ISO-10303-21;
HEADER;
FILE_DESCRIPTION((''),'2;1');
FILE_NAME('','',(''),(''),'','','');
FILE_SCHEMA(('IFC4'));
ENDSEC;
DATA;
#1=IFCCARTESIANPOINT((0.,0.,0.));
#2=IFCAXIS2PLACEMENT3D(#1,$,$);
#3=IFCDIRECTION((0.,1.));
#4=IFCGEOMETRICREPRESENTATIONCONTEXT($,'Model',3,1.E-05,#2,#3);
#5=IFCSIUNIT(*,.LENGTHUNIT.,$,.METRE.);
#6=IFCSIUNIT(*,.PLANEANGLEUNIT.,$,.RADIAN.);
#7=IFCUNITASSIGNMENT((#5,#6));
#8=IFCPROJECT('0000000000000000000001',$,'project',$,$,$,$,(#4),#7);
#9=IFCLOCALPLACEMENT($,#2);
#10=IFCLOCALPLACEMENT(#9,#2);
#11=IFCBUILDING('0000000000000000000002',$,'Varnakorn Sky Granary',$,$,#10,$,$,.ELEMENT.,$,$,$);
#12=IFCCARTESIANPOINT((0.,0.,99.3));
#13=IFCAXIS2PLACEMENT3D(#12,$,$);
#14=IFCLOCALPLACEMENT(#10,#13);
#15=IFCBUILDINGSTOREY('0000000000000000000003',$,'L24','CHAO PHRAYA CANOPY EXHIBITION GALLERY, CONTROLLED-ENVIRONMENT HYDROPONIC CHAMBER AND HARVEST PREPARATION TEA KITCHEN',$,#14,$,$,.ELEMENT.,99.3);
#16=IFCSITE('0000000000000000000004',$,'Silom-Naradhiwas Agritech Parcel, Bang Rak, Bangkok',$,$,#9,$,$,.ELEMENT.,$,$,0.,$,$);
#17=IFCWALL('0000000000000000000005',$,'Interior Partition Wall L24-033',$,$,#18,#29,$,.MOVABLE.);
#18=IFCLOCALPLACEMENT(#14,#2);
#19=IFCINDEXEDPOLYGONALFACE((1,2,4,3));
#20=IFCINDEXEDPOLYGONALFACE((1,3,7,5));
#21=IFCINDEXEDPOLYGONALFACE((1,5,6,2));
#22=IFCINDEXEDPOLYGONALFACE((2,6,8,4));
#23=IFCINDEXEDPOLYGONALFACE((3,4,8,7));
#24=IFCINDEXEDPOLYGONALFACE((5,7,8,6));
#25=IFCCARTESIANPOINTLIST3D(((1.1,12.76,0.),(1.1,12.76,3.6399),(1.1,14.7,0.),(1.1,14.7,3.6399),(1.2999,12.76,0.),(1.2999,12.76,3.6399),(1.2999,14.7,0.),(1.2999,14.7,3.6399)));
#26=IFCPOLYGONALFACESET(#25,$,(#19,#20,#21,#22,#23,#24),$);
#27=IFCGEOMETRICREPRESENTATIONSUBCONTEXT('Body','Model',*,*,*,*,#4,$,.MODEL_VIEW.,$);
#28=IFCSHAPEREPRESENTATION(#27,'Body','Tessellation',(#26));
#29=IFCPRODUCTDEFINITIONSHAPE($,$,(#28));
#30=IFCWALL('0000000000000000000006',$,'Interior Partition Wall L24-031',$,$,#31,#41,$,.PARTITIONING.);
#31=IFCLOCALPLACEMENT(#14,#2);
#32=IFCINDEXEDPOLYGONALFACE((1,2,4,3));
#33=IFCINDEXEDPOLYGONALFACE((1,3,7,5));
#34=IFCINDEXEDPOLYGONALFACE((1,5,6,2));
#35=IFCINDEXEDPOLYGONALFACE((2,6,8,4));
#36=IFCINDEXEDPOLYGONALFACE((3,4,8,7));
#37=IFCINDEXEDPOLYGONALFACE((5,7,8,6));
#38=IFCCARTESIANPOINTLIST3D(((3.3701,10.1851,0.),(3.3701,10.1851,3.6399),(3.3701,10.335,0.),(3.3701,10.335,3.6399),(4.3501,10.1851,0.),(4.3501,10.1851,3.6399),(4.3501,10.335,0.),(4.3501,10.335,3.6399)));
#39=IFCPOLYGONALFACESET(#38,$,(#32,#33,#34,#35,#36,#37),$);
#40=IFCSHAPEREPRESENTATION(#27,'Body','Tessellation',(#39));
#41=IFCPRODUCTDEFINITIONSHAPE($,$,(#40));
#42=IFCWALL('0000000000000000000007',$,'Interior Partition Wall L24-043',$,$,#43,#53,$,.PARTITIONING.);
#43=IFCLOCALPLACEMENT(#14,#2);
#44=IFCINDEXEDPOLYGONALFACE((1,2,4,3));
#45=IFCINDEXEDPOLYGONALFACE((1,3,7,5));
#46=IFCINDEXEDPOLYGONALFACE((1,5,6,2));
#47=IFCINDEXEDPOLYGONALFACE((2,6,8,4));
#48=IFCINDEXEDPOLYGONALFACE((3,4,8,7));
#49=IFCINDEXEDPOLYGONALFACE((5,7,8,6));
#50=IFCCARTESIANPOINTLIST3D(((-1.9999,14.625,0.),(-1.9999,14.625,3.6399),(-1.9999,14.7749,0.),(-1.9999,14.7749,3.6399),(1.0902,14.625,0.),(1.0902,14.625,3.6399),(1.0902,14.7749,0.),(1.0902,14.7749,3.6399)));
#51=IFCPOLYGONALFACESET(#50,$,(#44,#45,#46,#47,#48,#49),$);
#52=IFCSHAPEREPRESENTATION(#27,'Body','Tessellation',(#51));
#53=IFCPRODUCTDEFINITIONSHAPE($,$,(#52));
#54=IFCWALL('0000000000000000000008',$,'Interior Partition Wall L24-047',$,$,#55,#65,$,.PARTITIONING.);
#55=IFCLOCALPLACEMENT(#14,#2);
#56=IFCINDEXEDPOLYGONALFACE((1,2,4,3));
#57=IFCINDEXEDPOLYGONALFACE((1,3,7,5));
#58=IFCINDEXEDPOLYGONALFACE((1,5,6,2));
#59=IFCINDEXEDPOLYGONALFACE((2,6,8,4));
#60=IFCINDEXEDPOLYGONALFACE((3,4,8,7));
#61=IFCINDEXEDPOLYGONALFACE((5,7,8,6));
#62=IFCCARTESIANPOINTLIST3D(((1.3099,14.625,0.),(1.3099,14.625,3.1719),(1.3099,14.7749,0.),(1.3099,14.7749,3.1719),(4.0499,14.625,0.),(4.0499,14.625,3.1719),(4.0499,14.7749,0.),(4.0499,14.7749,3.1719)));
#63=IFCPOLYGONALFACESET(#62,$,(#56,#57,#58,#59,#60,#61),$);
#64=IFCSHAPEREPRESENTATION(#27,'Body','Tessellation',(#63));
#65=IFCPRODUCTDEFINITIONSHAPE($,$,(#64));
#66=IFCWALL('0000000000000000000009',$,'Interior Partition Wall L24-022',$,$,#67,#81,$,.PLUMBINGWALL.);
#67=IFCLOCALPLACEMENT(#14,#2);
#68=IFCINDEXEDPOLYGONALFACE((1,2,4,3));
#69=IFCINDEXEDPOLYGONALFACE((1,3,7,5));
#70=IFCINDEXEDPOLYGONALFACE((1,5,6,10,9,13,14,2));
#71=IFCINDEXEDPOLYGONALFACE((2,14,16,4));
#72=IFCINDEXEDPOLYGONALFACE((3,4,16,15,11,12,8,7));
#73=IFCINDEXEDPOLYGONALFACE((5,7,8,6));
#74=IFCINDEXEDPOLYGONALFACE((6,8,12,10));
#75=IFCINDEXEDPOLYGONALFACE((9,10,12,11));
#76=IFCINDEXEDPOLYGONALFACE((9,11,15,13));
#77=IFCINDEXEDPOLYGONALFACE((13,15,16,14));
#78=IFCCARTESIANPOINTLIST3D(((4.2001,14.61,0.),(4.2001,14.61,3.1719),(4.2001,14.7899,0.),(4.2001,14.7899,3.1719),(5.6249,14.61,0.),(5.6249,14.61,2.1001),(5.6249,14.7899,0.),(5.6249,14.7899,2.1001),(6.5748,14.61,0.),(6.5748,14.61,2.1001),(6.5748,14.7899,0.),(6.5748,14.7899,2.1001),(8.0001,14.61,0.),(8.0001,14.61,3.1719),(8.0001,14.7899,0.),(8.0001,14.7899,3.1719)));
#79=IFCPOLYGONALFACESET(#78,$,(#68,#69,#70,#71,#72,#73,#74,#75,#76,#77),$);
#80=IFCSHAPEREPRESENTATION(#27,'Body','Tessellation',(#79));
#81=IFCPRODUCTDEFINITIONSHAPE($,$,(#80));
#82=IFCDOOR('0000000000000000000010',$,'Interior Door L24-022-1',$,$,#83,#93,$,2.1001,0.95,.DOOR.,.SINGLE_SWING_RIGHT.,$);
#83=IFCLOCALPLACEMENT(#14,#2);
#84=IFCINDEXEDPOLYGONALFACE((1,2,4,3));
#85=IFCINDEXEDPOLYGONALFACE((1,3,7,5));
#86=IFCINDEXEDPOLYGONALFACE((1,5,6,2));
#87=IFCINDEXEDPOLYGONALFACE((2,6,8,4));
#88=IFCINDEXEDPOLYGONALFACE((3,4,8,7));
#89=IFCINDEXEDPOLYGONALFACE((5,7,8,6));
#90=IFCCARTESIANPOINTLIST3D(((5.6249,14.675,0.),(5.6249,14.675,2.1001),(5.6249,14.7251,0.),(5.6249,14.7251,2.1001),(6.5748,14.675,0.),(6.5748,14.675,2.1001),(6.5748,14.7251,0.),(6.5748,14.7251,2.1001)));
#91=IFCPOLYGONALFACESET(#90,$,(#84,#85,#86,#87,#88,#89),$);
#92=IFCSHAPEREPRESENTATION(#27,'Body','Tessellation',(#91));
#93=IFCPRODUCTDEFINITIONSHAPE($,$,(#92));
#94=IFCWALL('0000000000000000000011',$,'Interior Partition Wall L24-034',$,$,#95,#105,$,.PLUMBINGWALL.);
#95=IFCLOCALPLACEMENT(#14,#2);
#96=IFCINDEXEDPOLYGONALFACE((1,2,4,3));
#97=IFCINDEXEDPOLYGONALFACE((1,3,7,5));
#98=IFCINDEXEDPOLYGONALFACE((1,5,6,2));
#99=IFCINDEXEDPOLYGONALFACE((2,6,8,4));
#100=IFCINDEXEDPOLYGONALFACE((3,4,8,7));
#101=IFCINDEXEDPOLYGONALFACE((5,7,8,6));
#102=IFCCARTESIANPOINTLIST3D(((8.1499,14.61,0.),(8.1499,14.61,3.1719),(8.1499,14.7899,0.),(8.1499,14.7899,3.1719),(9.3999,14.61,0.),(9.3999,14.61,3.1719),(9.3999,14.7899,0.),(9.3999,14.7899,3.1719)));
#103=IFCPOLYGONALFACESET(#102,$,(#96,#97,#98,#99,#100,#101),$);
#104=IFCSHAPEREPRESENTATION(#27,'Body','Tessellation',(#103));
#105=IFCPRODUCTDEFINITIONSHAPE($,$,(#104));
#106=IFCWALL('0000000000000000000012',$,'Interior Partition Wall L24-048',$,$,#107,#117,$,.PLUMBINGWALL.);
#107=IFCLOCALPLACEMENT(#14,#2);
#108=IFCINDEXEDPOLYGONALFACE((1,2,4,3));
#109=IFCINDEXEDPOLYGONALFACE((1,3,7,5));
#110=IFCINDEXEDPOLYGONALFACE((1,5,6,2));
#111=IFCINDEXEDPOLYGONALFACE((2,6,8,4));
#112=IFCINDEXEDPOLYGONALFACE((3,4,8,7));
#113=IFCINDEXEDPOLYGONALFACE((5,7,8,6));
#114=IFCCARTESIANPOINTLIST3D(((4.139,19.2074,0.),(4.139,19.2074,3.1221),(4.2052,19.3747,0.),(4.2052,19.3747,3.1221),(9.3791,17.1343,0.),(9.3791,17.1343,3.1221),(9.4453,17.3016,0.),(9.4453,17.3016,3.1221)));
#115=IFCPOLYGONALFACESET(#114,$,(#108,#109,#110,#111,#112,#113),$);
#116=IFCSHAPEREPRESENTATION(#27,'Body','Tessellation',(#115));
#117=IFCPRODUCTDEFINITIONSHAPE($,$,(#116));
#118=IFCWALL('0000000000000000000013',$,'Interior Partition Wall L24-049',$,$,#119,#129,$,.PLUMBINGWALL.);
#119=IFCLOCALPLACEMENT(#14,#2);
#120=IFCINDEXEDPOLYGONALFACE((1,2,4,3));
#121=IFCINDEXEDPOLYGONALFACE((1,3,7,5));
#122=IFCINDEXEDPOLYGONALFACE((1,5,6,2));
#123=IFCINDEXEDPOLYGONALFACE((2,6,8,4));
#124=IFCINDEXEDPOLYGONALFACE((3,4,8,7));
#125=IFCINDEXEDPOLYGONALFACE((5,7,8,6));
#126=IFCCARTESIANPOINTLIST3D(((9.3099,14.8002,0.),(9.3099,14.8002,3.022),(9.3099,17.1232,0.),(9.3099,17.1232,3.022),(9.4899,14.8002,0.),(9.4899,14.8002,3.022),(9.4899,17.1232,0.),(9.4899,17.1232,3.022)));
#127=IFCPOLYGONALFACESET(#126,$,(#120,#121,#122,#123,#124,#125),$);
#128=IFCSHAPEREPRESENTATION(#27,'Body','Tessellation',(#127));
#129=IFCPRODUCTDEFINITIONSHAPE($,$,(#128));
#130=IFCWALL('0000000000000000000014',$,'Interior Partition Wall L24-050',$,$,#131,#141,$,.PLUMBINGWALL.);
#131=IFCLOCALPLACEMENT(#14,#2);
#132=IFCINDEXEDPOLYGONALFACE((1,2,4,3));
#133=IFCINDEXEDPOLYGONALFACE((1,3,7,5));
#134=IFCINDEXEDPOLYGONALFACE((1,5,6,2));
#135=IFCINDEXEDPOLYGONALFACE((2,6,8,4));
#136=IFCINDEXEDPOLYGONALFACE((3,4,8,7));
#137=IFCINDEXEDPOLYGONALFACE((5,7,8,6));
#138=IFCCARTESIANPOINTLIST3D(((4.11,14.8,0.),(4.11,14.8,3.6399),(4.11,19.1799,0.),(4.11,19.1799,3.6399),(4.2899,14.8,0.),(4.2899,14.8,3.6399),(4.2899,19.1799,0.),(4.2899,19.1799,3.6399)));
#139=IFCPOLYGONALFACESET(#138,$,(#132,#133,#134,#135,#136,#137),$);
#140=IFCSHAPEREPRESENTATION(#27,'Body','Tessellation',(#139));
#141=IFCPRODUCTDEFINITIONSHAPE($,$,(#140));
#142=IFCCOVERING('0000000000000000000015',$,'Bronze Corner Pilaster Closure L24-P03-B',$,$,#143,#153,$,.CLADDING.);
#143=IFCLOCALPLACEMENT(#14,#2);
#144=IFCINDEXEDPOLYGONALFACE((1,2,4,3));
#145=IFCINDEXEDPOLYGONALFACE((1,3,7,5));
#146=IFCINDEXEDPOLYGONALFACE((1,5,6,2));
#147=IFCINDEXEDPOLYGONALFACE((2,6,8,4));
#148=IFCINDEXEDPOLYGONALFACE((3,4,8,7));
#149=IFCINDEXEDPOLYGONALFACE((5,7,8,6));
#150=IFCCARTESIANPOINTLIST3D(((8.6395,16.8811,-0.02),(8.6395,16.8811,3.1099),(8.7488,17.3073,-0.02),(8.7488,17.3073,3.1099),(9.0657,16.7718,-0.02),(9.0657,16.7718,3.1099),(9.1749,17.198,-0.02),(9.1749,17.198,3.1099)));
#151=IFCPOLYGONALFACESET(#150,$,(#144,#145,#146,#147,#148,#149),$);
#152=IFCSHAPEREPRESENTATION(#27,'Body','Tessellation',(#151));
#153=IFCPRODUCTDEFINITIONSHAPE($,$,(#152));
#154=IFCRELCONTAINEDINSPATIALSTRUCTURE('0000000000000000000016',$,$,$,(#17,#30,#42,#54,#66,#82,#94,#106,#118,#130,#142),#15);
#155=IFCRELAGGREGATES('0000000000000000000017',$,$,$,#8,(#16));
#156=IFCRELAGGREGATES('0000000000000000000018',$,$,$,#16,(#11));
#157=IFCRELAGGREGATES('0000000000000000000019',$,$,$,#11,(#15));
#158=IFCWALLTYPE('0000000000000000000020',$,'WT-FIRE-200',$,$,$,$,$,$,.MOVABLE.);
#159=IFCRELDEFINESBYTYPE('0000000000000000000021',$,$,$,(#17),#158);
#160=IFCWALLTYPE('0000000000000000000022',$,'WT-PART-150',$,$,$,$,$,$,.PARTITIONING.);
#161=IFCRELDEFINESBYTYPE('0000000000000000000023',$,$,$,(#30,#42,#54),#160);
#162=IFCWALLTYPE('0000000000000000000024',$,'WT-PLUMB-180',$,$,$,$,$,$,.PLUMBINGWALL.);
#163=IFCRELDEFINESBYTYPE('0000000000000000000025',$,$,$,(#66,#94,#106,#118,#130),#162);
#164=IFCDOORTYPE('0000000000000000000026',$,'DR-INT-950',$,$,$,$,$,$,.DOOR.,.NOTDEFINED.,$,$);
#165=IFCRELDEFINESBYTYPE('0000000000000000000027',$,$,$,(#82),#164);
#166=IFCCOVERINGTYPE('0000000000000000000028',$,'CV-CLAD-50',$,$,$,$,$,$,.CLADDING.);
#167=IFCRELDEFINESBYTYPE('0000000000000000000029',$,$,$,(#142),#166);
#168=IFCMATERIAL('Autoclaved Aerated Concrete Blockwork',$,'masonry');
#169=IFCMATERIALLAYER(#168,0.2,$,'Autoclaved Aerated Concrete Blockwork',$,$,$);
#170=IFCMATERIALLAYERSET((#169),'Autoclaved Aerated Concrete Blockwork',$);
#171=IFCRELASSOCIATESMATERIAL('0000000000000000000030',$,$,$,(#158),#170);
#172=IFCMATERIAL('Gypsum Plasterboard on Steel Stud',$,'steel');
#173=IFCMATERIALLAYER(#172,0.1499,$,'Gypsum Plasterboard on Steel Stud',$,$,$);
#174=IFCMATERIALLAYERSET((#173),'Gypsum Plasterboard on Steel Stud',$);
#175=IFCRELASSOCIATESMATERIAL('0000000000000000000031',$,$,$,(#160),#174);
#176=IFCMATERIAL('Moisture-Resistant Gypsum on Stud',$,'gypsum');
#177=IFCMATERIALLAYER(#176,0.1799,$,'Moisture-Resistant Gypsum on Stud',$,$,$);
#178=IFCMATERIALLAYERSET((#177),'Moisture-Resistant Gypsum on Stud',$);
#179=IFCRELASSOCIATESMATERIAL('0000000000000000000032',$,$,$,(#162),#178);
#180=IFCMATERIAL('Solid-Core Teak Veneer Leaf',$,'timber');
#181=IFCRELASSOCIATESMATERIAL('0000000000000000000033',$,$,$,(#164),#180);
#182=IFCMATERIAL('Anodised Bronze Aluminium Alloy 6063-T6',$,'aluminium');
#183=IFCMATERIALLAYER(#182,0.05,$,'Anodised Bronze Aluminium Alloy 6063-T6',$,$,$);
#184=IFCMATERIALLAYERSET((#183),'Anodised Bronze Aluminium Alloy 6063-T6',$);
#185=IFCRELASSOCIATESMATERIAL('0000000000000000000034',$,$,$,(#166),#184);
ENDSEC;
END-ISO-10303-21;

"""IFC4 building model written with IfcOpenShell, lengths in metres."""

from ifc_helpers import new_model, si_unit, direction, frame, frame_2d, origin, origin_2d, place, context, subcontext, project, spatial, rectangle, extrude, source, transform, mapped, material, layer, layer_set, type_object, type_shapes, element, fill, save


model = new_model("IFC4")

# Units and contexts
model_context = context("Model", 3, precision=1e-05, world=origin(), true_north=direction((0.0, 1.0)))
body_context = subcontext(model_context, "Body", "Model", "MODEL_VIEW")
ifc_project = project(units=[si_unit("LENGTHUNIT", "METRE"), si_unit("PLANEANGLEUNIT", "RADIAN")], contexts=[model_context])

# Site, building, storey
site_placement = place(None, origin())
site = spatial("IfcSite", under=ifc_project, at=site_placement, Name="Silom-Naradhiwas Agritech Parcel, Bang Rak, Bangkok", CompositionType="ELEMENT", RefElevation=0.0)
building_placement = place(site_placement, origin())
building = spatial("IfcBuilding", under=site, at=building_placement, Name="Varnakorn Sky Granary", CompositionType="ELEMENT")
storey_placement = place(building_placement, frame((0.0, 0.0, 99.3)))
storey = spatial("IfcBuildingStorey", under=building, at=storey_placement, Name="L24", Description="CHAO PHRAYA CANOPY EXHIBITION GALLERY, CONTROLLED-ENVIRONMENT HYDROPONIC CHAMBER AND HARVEST PREPARATION TEA KITCHEN", CompositionType="ELEMENT", Elevation=99.3)

# Shared definitions
ifc_material_1 = material(Name="Anodised Bronze Aluminium Alloy 6063-T6", Category="aluminium")

# Walls
ifc_material_2 = material(Name="Autoclaved Aerated Concrete Blockwork", Category="masonry")
ifc_layer_1 = layer(ifc_material_2, 0.2, Name="Autoclaved Aerated Concrete Blockwork")
ifc_layer_set_1 = layer_set([ifc_layer_1], Name="Autoclaved Aerated Concrete Blockwork")
wall_type_1 = type_object("IfcWallType", Name="WT-FIRE-200", PredefinedType="MOVABLE", material=ifc_layer_set_1)
wall_1_placement = place(storey_placement, frame((1.2, 14.7, 0.0), z_axis=(0.0, 0.0, 1.0), x_axis=(0.0, -1.0, 0.0)))
element("IfcWall", 1, at=wall_1_placement, inside=storey, type_object=wall_type_1, Name="Interior Partition Wall L24-033", PredefinedType="MOVABLE", context=body_context, shape_type="SweptSolid", body=[
    extrude(rectangle(XDim=1.9399, YDim=0.2, at=frame_2d((0.97, 0.0))), origin(), (0.0, 0.0, 1.0), 3.6399),
])
ifc_material_3 = material(Name="Gypsum Plasterboard on Steel Stud", Category="steel")
ifc_layer_2 = layer(ifc_material_3, 0.1499, Name="Gypsum Plasterboard on Steel Stud")
ifc_layer_set_2 = layer_set([ifc_layer_2], Name="Gypsum Plasterboard on Steel Stud")
wall_type_2 = type_object("IfcWallType", Name="WT-PART-150", PredefinedType="PARTITIONING", material=ifc_layer_set_2)
wall_2_placement = place(storey_placement, frame((3.3701, 10.26, 0.0), z_axis=(0.0, 0.0, 1.0), x_axis=(1.0, 0.0, 0.0)))
element("IfcWall", 2, at=wall_2_placement, inside=storey, type_object=wall_type_2, Name="Interior Partition Wall L24-031", PredefinedType="PARTITIONING", context=body_context, shape_type="SweptSolid", body=[
    extrude(rectangle(XDim=0.98, YDim=0.1499, at=frame_2d((0.49, 0.0))), origin(), (0.0, 0.0, 1.0), 3.6399),
])
wall_3_placement = place(storey_placement, frame((1.0901, 14.7, 0.0), z_axis=(0.0, 0.0, 1.0), x_axis=(-1.0, 0.0, 0.0)))
element("IfcWall", 3, at=wall_3_placement, inside=storey, type_object=wall_type_2, Name="Interior Partition Wall L24-043", PredefinedType="PARTITIONING", context=body_context, shape_type="SweptSolid", body=[
    extrude(rectangle(XDim=3.0901, YDim=0.1499, at=frame_2d((1.5449, 0.0))), origin(), (0.0, 0.0, 1.0), 3.6399),
])
wall_4_placement = place(storey_placement, frame((4.05, 14.7, 0.0), z_axis=(0.0, 0.0, 1.0), x_axis=(-1.0, 0.0, 0.0)))
element("IfcWall", 4, at=wall_4_placement, inside=storey, type_object=wall_type_2, Name="Interior Partition Wall L24-047", PredefinedType="PARTITIONING", context=body_context, shape_type="SweptSolid", body=[
    extrude(rectangle(XDim=2.74, YDim=0.1499, at=frame_2d((1.3701, 0.0))), origin(), (0.0, 0.0, 1.0), 3.1719),
])

# Wall, opening, door
ifc_material_4 = material(Name="Moisture-Resistant Gypsum on Stud", Category="gypsum")
ifc_layer_3 = layer(ifc_material_4, 0.1799, Name="Moisture-Resistant Gypsum on Stud")
ifc_layer_set_3 = layer_set([ifc_layer_3], Name="Moisture-Resistant Gypsum on Stud")
wall_type_3 = type_object("IfcWallType", Name="WT-PLUMB-180", PredefinedType="PLUMBINGWALL", material=ifc_layer_set_3)
wall_5_placement = place(storey_placement, frame((8.0, 14.7, 0.0), z_axis=(0.0, 0.0, 1.0), x_axis=(-1.0, 0.0, 0.0)))
wall_5 = element("IfcWall", 5, at=wall_5_placement, inside=storey, type_object=wall_type_3, Name="Interior Partition Wall L24-022", PredefinedType="PLUMBINGWALL", context=body_context, shape_type="SweptSolid", body=[
    extrude(rectangle(XDim=3.8, YDim=0.1799, at=frame_2d((1.8999, 0.0))), origin(), (0.0, 0.0, 1.0), 3.1719),
])
opening_placement = place(wall_5_placement, frame((1.425, 0.0, 0.0)))
opening = element("IfcOpeningElement", 6, at=opening_placement, cuts=wall_5, PredefinedType="OPENING", context=body_context, shape_type="SweptSolid", body=[
    extrude(rectangle(XDim=0.95, YDim=2.1001, at=frame_2d((0.4751, 1.05))), frame((0.0, 0.1001, 0.0), z_axis=(0.0, -1.0, 0.0), x_axis=(1.0, 0.0, 0.0)), (0.0, 0.0, 1.0), 0.2),
])
ifc_material_5 = material(Name="Solid-Core Teak Veneer Leaf", Category="timber")
door_type = type_object("IfcDoorType", Name="DR-INT-950", OperationType="NOTDEFINED", PredefinedType="DOOR", material=ifc_material_5)
door_placement = place(opening_placement, origin())
door = element("IfcDoor", 7, at=door_placement, inside=storey, type_object=door_type, Name="Interior Door L24-022-1", OperationType="SINGLE_SWING_RIGHT", OverallHeight=2.1001, OverallWidth=0.95, PredefinedType="DOOR", context=body_context, shape_type="SweptSolid", body=[
    extrude(rectangle(XDim=0.95, YDim=2.1001, at=frame_2d((0.4751, 1.05))), frame((0.0, 0.0249, 0.0), z_axis=(0.0, -1.0, 0.0), x_axis=(1.0, 0.0, 0.0)), (0.0, 0.0, 1.0), 0.05),
])
fill(opening, door)

# Walls
wall_6_placement = place(storey_placement, frame((9.3999, 14.7, 0.0), z_axis=(0.0, 0.0, 1.0), x_axis=(-1.0, 0.0, 0.0)))
element("IfcWall", 8, at=wall_6_placement, inside=storey, type_object=wall_type_3, Name="Interior Partition Wall L24-034", PredefinedType="PLUMBINGWALL", context=body_context, shape_type="SweptSolid", body=[
    extrude(rectangle(XDim=1.25, YDim=0.1799, at=frame_2d((0.625, 0.0))), origin(), (0.0, 0.0, 1.0), 3.1719),
])
wall_7_placement = place(storey_placement, frame((4.1721, 19.291, 0.0), z_axis=(0.0, 0.0, 1.0), x_axis=(0.929877, -0.36787, 0.0)))
element("IfcWall", 9, at=wall_7_placement, inside=storey, type_object=wall_type_3, Name="Interior Partition Wall L24-048", PredefinedType="PLUMBINGWALL", context=body_context, shape_type="SweptSolid", body=[
    extrude(rectangle(XDim=5.6353, YDim=0.1799, at=frame_2d((2.8176, 0.0))), origin(), (0.0, 0.0, 1.0), 3.1221),
])
wall_8_placement = place(storey_placement, frame((9.3999, 14.8, 0.0), z_axis=(0.0, 0.0, 1.0), x_axis=(0.0, 1.0, 0.0)))
element("IfcWall", 10, at=wall_8_placement, inside=storey, type_object=wall_type_3, Name="Interior Partition Wall L24-049", PredefinedType="PLUMBINGWALL", context=body_context, shape_type="SweptSolid", body=[
    extrude(rectangle(XDim=2.323, YDim=0.1799, at=frame_2d((1.1616, 0.0))), origin(), (0.0, 0.0, 1.0), 3.022),
])
wall_9_placement = place(storey_placement, frame((4.2, 19.1799, 0.0), z_axis=(0.0, 0.0, 1.0), x_axis=(0.0, -1.0, 0.0)))
element("IfcWall", 11, at=wall_9_placement, inside=storey, type_object=wall_type_3, Name="Interior Partition Wall L24-050", PredefinedType="PLUMBINGWALL", context=body_context, shape_type="SweptSolid", body=[
    extrude(rectangle(XDim=4.3799, YDim=0.1799, at=frame_2d((2.1899, 0.0))), origin(), (0.0, 0.0, 1.0), 3.6399),
])

# Covering
ifc_layer_4 = layer(ifc_material_1, 0.05, Name="Anodised Bronze Aluminium Alloy 6063-T6")
ifc_layer_set_4 = layer_set([ifc_layer_4], Name="Anodised Bronze Aluminium Alloy 6063-T6")
covering_type = type_object("IfcCoveringType", Name="CV-CLAD-50", PredefinedType="CLADDING", material=ifc_layer_set_4)
shared_shape = source(origin(), body_context, "Body", "SweptSolid", [
    extrude(rectangle(XDim=0.4399, YDim=0.4399, at=origin_2d()), origin(), (0.0, 0.0, 1.0), 3.1299),
])
type_shapes(covering_type, [shared_shape])
covering_placement = place(storey_placement, frame((8.9072, 17.0396, -0.02), z_axis=(0.0, 0.0, 1.0), x_axis=(0.96867, -0.248352, 0.0)))
element("IfcCovering", 12, at=covering_placement, inside=storey, type_object=covering_type, Name="Bronze Corner Pilaster Closure L24-P03-B", PredefinedType="CLADDING", context=body_context, shape_type="MappedRepresentation", body=[
    mapped(shared_shape, transform((0.0, 0.0, 0.0), x_axis=(1.0, 0.0, 0.0), y_axis=(0.0, 1.0, 0.0), z_axis=(0.0, 0.0, 1.0), scale=1.0)),
])

save(model, "model.ifc")
